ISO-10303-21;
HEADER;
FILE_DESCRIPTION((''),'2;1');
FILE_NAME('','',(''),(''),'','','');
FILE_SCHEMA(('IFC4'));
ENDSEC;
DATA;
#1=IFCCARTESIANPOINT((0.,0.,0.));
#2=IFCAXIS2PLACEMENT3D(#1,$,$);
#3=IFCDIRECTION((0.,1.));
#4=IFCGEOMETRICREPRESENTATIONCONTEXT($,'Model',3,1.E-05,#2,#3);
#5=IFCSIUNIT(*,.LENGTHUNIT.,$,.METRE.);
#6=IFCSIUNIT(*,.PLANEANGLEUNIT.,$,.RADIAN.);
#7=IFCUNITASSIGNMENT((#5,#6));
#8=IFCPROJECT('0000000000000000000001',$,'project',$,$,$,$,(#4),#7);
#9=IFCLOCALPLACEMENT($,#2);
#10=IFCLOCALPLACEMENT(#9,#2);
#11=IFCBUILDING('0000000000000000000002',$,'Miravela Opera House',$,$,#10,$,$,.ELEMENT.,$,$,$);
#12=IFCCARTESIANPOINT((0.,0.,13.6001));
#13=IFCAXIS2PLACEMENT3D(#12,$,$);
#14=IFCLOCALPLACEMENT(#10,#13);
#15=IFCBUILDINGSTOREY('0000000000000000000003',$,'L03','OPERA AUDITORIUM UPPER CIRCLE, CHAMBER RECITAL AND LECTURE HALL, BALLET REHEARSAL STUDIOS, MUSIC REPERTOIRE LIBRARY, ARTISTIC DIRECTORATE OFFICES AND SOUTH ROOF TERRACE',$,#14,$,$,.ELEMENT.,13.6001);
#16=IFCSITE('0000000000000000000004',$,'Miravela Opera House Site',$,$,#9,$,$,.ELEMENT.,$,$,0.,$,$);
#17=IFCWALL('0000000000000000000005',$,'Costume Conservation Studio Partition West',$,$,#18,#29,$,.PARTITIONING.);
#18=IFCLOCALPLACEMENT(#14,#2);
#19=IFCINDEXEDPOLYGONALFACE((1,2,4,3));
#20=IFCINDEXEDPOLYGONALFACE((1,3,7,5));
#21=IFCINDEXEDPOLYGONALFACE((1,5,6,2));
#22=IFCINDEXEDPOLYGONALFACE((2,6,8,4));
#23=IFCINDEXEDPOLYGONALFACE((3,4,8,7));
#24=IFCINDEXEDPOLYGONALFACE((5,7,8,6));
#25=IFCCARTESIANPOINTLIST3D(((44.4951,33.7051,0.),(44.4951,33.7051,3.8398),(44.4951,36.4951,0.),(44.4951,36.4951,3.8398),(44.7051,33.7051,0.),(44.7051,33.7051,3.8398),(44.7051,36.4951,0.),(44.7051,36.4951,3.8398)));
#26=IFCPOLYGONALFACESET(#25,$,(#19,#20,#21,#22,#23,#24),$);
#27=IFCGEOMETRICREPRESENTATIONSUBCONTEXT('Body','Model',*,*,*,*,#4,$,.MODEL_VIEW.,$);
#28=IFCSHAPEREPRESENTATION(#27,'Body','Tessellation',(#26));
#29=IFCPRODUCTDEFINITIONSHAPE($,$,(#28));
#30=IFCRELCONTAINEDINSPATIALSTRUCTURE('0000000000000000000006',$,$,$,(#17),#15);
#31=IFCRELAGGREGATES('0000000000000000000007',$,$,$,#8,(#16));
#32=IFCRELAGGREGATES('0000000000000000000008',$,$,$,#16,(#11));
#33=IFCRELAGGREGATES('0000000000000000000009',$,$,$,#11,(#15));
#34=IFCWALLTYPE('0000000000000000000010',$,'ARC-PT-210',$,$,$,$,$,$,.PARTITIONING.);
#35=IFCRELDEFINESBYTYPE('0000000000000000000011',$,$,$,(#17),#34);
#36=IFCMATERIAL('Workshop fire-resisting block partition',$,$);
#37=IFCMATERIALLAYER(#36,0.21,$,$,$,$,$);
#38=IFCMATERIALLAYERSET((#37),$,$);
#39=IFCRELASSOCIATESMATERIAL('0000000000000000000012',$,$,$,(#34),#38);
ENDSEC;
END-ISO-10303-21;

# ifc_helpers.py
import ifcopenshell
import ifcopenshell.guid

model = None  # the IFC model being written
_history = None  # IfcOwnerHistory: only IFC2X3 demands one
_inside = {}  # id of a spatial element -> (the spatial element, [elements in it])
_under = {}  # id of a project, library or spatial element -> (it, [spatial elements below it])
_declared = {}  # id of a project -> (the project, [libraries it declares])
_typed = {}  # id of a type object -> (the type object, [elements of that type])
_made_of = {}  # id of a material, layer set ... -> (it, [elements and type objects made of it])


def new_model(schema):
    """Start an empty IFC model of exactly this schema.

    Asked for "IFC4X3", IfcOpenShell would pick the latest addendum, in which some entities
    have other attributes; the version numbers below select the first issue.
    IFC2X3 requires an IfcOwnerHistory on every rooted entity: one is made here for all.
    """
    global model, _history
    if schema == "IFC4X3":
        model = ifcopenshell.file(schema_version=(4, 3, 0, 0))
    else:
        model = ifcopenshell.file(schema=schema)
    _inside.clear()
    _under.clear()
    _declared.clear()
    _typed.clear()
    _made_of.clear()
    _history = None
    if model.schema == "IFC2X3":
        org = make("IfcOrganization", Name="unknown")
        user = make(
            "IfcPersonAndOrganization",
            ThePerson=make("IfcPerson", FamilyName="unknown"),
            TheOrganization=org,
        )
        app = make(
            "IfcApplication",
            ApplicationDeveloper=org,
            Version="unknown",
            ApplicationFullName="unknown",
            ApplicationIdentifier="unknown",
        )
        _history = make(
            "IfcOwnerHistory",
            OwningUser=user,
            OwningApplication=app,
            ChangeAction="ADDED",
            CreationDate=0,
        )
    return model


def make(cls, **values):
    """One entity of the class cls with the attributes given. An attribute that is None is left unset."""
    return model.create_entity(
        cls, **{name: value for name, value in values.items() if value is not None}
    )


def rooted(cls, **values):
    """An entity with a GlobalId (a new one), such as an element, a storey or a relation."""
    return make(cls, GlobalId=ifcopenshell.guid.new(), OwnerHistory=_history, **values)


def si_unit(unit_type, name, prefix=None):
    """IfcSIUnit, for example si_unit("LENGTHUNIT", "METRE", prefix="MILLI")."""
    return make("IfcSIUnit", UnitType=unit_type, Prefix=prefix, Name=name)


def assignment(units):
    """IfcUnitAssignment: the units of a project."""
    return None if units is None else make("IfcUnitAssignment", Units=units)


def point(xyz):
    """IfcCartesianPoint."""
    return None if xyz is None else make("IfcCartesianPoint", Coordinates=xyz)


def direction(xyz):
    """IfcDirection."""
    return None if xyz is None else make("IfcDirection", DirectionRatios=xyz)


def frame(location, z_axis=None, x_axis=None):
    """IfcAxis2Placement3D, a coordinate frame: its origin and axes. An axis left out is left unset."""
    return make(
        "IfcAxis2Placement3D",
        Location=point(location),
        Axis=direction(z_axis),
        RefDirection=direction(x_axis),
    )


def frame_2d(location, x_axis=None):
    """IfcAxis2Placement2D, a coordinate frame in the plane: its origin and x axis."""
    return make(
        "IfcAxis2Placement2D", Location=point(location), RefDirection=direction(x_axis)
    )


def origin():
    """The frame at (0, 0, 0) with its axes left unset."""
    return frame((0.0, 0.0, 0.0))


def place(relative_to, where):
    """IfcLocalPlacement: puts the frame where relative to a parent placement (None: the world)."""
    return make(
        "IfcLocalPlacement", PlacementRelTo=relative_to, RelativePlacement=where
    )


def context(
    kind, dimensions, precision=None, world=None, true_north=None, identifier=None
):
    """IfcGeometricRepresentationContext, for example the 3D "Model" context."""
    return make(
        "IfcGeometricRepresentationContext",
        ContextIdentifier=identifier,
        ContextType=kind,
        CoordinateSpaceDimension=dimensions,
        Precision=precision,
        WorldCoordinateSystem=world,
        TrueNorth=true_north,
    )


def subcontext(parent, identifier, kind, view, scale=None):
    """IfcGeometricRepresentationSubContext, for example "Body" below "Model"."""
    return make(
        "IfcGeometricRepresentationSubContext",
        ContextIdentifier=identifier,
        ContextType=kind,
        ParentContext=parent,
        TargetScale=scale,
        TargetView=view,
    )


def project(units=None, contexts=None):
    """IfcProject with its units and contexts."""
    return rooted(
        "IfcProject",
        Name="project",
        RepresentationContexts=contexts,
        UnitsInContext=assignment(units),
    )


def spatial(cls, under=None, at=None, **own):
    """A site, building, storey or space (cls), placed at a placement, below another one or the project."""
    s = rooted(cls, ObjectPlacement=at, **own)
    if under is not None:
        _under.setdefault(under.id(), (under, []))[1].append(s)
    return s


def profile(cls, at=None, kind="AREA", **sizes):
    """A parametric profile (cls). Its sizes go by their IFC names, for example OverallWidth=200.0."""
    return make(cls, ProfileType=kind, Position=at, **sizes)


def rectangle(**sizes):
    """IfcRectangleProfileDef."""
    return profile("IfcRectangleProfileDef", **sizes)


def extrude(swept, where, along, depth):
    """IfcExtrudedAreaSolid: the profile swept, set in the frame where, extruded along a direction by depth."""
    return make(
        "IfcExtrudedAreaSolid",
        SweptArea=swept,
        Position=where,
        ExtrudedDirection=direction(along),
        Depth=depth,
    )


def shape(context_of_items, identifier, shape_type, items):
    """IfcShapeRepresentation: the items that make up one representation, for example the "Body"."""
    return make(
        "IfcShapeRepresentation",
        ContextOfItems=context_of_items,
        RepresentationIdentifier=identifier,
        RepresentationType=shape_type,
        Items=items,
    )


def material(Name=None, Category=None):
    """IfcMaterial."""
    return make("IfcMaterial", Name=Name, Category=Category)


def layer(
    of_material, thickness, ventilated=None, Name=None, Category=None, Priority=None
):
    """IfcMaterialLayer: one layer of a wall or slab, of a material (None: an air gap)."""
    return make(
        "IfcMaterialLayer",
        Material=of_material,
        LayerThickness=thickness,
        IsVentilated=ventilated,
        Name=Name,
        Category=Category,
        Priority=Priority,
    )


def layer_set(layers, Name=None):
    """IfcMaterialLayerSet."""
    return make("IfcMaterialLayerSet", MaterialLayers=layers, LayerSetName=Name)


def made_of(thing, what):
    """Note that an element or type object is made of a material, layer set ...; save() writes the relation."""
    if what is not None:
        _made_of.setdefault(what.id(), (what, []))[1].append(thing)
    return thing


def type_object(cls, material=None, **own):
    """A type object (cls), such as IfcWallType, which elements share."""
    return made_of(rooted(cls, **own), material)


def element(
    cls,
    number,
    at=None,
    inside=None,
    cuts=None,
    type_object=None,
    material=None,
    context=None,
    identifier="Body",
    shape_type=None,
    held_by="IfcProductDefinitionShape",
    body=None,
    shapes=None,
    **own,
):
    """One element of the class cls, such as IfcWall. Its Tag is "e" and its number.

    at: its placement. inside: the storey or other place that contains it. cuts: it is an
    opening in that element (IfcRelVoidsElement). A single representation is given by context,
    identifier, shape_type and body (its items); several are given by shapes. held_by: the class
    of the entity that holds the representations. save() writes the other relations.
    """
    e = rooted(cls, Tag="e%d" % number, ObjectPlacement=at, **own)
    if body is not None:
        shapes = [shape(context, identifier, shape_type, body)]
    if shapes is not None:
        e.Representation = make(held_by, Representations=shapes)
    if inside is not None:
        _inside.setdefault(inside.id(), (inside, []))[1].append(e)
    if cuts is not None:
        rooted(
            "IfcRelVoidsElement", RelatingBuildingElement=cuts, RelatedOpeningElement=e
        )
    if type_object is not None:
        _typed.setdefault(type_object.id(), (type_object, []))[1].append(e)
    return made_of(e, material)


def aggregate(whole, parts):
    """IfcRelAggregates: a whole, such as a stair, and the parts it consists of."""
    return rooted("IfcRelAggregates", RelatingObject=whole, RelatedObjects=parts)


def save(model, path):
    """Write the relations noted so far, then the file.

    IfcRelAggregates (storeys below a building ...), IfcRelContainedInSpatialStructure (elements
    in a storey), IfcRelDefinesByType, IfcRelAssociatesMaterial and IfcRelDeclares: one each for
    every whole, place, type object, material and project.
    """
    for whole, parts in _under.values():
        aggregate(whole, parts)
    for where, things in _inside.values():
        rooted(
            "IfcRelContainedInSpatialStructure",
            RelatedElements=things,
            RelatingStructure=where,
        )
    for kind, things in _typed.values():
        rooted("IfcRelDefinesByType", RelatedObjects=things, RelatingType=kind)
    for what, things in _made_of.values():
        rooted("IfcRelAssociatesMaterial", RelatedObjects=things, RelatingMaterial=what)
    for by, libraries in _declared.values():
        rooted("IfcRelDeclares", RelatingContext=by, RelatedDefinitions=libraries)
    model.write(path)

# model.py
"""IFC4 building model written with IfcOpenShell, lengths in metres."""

from ifc_helpers import new_model, si_unit, direction, frame, frame_2d, origin, place, context, subcontext, project, spatial, rectangle, extrude, material, layer, layer_set, type_object, element, save


model = new_model("IFC4")

# Units and contexts
model_context = context("Model", 3, precision=1e-05, world=origin(), true_north=direction((0.0, 1.0)))
body_context = subcontext(model_context, "Body", "Model", "MODEL_VIEW")
ifc_project = project(units=[si_unit("LENGTHUNIT", "METRE"), si_unit("PLANEANGLEUNIT", "RADIAN")], contexts=[model_context])

# Site, building, storey
site_placement = place(None, origin())
site = spatial("IfcSite", under=ifc_project, at=site_placement, Name="Miravela Opera House Site", CompositionType="ELEMENT", RefElevation=0.0)
building_placement = place(site_placement, origin())
building = spatial("IfcBuilding", under=site, at=building_placement, Name="Miravela Opera House", CompositionType="ELEMENT")
storey_placement = place(building_placement, frame((0.0, 0.0, 13.6001)))
storey = spatial("IfcBuildingStorey", under=building, at=storey_placement, Name="L03", Description="OPERA AUDITORIUM UPPER CIRCLE, CHAMBER RECITAL AND LECTURE HALL, BALLET REHEARSAL STUDIOS, MUSIC REPERTOIRE LIBRARY, ARTISTIC DIRECTORATE OFFICES AND SOUTH ROOF TERRACE", CompositionType="ELEMENT", Elevation=13.6001)

# Shared definitions
ifc_material_1 = material(Name="Workshop fire-resisting block partition")
ifc_layer_1 = layer(ifc_material_1, 0.21)
ifc_layer_set_1 = layer_set([ifc_layer_1])
wall_type_1 = type_object("IfcWallType", Name="ARC-PT-210", PredefinedType="PARTITIONING", material=ifc_layer_set_1)

# Wall
wall_1_placement = place(storey_placement, frame((44.6001, 33.7051, 0.0), z_axis=(0.0, 0.0, 1.0), x_axis=(0.0, 1.0, 0.0)))
element("IfcWall", 1, at=wall_1_placement, inside=storey, type_object=wall_type_1, Name="Costume Conservation Studio Partition West", PredefinedType="PARTITIONING", context=body_context, shape_type="SweptSolid", body=[
    extrude(rectangle(XDim=2.79, YDim=0.21, at=frame_2d((1.395, 0.0))), origin(), (0.0, 0.0, 1.0), 3.8398),
])

save(model, "model.ifc")
